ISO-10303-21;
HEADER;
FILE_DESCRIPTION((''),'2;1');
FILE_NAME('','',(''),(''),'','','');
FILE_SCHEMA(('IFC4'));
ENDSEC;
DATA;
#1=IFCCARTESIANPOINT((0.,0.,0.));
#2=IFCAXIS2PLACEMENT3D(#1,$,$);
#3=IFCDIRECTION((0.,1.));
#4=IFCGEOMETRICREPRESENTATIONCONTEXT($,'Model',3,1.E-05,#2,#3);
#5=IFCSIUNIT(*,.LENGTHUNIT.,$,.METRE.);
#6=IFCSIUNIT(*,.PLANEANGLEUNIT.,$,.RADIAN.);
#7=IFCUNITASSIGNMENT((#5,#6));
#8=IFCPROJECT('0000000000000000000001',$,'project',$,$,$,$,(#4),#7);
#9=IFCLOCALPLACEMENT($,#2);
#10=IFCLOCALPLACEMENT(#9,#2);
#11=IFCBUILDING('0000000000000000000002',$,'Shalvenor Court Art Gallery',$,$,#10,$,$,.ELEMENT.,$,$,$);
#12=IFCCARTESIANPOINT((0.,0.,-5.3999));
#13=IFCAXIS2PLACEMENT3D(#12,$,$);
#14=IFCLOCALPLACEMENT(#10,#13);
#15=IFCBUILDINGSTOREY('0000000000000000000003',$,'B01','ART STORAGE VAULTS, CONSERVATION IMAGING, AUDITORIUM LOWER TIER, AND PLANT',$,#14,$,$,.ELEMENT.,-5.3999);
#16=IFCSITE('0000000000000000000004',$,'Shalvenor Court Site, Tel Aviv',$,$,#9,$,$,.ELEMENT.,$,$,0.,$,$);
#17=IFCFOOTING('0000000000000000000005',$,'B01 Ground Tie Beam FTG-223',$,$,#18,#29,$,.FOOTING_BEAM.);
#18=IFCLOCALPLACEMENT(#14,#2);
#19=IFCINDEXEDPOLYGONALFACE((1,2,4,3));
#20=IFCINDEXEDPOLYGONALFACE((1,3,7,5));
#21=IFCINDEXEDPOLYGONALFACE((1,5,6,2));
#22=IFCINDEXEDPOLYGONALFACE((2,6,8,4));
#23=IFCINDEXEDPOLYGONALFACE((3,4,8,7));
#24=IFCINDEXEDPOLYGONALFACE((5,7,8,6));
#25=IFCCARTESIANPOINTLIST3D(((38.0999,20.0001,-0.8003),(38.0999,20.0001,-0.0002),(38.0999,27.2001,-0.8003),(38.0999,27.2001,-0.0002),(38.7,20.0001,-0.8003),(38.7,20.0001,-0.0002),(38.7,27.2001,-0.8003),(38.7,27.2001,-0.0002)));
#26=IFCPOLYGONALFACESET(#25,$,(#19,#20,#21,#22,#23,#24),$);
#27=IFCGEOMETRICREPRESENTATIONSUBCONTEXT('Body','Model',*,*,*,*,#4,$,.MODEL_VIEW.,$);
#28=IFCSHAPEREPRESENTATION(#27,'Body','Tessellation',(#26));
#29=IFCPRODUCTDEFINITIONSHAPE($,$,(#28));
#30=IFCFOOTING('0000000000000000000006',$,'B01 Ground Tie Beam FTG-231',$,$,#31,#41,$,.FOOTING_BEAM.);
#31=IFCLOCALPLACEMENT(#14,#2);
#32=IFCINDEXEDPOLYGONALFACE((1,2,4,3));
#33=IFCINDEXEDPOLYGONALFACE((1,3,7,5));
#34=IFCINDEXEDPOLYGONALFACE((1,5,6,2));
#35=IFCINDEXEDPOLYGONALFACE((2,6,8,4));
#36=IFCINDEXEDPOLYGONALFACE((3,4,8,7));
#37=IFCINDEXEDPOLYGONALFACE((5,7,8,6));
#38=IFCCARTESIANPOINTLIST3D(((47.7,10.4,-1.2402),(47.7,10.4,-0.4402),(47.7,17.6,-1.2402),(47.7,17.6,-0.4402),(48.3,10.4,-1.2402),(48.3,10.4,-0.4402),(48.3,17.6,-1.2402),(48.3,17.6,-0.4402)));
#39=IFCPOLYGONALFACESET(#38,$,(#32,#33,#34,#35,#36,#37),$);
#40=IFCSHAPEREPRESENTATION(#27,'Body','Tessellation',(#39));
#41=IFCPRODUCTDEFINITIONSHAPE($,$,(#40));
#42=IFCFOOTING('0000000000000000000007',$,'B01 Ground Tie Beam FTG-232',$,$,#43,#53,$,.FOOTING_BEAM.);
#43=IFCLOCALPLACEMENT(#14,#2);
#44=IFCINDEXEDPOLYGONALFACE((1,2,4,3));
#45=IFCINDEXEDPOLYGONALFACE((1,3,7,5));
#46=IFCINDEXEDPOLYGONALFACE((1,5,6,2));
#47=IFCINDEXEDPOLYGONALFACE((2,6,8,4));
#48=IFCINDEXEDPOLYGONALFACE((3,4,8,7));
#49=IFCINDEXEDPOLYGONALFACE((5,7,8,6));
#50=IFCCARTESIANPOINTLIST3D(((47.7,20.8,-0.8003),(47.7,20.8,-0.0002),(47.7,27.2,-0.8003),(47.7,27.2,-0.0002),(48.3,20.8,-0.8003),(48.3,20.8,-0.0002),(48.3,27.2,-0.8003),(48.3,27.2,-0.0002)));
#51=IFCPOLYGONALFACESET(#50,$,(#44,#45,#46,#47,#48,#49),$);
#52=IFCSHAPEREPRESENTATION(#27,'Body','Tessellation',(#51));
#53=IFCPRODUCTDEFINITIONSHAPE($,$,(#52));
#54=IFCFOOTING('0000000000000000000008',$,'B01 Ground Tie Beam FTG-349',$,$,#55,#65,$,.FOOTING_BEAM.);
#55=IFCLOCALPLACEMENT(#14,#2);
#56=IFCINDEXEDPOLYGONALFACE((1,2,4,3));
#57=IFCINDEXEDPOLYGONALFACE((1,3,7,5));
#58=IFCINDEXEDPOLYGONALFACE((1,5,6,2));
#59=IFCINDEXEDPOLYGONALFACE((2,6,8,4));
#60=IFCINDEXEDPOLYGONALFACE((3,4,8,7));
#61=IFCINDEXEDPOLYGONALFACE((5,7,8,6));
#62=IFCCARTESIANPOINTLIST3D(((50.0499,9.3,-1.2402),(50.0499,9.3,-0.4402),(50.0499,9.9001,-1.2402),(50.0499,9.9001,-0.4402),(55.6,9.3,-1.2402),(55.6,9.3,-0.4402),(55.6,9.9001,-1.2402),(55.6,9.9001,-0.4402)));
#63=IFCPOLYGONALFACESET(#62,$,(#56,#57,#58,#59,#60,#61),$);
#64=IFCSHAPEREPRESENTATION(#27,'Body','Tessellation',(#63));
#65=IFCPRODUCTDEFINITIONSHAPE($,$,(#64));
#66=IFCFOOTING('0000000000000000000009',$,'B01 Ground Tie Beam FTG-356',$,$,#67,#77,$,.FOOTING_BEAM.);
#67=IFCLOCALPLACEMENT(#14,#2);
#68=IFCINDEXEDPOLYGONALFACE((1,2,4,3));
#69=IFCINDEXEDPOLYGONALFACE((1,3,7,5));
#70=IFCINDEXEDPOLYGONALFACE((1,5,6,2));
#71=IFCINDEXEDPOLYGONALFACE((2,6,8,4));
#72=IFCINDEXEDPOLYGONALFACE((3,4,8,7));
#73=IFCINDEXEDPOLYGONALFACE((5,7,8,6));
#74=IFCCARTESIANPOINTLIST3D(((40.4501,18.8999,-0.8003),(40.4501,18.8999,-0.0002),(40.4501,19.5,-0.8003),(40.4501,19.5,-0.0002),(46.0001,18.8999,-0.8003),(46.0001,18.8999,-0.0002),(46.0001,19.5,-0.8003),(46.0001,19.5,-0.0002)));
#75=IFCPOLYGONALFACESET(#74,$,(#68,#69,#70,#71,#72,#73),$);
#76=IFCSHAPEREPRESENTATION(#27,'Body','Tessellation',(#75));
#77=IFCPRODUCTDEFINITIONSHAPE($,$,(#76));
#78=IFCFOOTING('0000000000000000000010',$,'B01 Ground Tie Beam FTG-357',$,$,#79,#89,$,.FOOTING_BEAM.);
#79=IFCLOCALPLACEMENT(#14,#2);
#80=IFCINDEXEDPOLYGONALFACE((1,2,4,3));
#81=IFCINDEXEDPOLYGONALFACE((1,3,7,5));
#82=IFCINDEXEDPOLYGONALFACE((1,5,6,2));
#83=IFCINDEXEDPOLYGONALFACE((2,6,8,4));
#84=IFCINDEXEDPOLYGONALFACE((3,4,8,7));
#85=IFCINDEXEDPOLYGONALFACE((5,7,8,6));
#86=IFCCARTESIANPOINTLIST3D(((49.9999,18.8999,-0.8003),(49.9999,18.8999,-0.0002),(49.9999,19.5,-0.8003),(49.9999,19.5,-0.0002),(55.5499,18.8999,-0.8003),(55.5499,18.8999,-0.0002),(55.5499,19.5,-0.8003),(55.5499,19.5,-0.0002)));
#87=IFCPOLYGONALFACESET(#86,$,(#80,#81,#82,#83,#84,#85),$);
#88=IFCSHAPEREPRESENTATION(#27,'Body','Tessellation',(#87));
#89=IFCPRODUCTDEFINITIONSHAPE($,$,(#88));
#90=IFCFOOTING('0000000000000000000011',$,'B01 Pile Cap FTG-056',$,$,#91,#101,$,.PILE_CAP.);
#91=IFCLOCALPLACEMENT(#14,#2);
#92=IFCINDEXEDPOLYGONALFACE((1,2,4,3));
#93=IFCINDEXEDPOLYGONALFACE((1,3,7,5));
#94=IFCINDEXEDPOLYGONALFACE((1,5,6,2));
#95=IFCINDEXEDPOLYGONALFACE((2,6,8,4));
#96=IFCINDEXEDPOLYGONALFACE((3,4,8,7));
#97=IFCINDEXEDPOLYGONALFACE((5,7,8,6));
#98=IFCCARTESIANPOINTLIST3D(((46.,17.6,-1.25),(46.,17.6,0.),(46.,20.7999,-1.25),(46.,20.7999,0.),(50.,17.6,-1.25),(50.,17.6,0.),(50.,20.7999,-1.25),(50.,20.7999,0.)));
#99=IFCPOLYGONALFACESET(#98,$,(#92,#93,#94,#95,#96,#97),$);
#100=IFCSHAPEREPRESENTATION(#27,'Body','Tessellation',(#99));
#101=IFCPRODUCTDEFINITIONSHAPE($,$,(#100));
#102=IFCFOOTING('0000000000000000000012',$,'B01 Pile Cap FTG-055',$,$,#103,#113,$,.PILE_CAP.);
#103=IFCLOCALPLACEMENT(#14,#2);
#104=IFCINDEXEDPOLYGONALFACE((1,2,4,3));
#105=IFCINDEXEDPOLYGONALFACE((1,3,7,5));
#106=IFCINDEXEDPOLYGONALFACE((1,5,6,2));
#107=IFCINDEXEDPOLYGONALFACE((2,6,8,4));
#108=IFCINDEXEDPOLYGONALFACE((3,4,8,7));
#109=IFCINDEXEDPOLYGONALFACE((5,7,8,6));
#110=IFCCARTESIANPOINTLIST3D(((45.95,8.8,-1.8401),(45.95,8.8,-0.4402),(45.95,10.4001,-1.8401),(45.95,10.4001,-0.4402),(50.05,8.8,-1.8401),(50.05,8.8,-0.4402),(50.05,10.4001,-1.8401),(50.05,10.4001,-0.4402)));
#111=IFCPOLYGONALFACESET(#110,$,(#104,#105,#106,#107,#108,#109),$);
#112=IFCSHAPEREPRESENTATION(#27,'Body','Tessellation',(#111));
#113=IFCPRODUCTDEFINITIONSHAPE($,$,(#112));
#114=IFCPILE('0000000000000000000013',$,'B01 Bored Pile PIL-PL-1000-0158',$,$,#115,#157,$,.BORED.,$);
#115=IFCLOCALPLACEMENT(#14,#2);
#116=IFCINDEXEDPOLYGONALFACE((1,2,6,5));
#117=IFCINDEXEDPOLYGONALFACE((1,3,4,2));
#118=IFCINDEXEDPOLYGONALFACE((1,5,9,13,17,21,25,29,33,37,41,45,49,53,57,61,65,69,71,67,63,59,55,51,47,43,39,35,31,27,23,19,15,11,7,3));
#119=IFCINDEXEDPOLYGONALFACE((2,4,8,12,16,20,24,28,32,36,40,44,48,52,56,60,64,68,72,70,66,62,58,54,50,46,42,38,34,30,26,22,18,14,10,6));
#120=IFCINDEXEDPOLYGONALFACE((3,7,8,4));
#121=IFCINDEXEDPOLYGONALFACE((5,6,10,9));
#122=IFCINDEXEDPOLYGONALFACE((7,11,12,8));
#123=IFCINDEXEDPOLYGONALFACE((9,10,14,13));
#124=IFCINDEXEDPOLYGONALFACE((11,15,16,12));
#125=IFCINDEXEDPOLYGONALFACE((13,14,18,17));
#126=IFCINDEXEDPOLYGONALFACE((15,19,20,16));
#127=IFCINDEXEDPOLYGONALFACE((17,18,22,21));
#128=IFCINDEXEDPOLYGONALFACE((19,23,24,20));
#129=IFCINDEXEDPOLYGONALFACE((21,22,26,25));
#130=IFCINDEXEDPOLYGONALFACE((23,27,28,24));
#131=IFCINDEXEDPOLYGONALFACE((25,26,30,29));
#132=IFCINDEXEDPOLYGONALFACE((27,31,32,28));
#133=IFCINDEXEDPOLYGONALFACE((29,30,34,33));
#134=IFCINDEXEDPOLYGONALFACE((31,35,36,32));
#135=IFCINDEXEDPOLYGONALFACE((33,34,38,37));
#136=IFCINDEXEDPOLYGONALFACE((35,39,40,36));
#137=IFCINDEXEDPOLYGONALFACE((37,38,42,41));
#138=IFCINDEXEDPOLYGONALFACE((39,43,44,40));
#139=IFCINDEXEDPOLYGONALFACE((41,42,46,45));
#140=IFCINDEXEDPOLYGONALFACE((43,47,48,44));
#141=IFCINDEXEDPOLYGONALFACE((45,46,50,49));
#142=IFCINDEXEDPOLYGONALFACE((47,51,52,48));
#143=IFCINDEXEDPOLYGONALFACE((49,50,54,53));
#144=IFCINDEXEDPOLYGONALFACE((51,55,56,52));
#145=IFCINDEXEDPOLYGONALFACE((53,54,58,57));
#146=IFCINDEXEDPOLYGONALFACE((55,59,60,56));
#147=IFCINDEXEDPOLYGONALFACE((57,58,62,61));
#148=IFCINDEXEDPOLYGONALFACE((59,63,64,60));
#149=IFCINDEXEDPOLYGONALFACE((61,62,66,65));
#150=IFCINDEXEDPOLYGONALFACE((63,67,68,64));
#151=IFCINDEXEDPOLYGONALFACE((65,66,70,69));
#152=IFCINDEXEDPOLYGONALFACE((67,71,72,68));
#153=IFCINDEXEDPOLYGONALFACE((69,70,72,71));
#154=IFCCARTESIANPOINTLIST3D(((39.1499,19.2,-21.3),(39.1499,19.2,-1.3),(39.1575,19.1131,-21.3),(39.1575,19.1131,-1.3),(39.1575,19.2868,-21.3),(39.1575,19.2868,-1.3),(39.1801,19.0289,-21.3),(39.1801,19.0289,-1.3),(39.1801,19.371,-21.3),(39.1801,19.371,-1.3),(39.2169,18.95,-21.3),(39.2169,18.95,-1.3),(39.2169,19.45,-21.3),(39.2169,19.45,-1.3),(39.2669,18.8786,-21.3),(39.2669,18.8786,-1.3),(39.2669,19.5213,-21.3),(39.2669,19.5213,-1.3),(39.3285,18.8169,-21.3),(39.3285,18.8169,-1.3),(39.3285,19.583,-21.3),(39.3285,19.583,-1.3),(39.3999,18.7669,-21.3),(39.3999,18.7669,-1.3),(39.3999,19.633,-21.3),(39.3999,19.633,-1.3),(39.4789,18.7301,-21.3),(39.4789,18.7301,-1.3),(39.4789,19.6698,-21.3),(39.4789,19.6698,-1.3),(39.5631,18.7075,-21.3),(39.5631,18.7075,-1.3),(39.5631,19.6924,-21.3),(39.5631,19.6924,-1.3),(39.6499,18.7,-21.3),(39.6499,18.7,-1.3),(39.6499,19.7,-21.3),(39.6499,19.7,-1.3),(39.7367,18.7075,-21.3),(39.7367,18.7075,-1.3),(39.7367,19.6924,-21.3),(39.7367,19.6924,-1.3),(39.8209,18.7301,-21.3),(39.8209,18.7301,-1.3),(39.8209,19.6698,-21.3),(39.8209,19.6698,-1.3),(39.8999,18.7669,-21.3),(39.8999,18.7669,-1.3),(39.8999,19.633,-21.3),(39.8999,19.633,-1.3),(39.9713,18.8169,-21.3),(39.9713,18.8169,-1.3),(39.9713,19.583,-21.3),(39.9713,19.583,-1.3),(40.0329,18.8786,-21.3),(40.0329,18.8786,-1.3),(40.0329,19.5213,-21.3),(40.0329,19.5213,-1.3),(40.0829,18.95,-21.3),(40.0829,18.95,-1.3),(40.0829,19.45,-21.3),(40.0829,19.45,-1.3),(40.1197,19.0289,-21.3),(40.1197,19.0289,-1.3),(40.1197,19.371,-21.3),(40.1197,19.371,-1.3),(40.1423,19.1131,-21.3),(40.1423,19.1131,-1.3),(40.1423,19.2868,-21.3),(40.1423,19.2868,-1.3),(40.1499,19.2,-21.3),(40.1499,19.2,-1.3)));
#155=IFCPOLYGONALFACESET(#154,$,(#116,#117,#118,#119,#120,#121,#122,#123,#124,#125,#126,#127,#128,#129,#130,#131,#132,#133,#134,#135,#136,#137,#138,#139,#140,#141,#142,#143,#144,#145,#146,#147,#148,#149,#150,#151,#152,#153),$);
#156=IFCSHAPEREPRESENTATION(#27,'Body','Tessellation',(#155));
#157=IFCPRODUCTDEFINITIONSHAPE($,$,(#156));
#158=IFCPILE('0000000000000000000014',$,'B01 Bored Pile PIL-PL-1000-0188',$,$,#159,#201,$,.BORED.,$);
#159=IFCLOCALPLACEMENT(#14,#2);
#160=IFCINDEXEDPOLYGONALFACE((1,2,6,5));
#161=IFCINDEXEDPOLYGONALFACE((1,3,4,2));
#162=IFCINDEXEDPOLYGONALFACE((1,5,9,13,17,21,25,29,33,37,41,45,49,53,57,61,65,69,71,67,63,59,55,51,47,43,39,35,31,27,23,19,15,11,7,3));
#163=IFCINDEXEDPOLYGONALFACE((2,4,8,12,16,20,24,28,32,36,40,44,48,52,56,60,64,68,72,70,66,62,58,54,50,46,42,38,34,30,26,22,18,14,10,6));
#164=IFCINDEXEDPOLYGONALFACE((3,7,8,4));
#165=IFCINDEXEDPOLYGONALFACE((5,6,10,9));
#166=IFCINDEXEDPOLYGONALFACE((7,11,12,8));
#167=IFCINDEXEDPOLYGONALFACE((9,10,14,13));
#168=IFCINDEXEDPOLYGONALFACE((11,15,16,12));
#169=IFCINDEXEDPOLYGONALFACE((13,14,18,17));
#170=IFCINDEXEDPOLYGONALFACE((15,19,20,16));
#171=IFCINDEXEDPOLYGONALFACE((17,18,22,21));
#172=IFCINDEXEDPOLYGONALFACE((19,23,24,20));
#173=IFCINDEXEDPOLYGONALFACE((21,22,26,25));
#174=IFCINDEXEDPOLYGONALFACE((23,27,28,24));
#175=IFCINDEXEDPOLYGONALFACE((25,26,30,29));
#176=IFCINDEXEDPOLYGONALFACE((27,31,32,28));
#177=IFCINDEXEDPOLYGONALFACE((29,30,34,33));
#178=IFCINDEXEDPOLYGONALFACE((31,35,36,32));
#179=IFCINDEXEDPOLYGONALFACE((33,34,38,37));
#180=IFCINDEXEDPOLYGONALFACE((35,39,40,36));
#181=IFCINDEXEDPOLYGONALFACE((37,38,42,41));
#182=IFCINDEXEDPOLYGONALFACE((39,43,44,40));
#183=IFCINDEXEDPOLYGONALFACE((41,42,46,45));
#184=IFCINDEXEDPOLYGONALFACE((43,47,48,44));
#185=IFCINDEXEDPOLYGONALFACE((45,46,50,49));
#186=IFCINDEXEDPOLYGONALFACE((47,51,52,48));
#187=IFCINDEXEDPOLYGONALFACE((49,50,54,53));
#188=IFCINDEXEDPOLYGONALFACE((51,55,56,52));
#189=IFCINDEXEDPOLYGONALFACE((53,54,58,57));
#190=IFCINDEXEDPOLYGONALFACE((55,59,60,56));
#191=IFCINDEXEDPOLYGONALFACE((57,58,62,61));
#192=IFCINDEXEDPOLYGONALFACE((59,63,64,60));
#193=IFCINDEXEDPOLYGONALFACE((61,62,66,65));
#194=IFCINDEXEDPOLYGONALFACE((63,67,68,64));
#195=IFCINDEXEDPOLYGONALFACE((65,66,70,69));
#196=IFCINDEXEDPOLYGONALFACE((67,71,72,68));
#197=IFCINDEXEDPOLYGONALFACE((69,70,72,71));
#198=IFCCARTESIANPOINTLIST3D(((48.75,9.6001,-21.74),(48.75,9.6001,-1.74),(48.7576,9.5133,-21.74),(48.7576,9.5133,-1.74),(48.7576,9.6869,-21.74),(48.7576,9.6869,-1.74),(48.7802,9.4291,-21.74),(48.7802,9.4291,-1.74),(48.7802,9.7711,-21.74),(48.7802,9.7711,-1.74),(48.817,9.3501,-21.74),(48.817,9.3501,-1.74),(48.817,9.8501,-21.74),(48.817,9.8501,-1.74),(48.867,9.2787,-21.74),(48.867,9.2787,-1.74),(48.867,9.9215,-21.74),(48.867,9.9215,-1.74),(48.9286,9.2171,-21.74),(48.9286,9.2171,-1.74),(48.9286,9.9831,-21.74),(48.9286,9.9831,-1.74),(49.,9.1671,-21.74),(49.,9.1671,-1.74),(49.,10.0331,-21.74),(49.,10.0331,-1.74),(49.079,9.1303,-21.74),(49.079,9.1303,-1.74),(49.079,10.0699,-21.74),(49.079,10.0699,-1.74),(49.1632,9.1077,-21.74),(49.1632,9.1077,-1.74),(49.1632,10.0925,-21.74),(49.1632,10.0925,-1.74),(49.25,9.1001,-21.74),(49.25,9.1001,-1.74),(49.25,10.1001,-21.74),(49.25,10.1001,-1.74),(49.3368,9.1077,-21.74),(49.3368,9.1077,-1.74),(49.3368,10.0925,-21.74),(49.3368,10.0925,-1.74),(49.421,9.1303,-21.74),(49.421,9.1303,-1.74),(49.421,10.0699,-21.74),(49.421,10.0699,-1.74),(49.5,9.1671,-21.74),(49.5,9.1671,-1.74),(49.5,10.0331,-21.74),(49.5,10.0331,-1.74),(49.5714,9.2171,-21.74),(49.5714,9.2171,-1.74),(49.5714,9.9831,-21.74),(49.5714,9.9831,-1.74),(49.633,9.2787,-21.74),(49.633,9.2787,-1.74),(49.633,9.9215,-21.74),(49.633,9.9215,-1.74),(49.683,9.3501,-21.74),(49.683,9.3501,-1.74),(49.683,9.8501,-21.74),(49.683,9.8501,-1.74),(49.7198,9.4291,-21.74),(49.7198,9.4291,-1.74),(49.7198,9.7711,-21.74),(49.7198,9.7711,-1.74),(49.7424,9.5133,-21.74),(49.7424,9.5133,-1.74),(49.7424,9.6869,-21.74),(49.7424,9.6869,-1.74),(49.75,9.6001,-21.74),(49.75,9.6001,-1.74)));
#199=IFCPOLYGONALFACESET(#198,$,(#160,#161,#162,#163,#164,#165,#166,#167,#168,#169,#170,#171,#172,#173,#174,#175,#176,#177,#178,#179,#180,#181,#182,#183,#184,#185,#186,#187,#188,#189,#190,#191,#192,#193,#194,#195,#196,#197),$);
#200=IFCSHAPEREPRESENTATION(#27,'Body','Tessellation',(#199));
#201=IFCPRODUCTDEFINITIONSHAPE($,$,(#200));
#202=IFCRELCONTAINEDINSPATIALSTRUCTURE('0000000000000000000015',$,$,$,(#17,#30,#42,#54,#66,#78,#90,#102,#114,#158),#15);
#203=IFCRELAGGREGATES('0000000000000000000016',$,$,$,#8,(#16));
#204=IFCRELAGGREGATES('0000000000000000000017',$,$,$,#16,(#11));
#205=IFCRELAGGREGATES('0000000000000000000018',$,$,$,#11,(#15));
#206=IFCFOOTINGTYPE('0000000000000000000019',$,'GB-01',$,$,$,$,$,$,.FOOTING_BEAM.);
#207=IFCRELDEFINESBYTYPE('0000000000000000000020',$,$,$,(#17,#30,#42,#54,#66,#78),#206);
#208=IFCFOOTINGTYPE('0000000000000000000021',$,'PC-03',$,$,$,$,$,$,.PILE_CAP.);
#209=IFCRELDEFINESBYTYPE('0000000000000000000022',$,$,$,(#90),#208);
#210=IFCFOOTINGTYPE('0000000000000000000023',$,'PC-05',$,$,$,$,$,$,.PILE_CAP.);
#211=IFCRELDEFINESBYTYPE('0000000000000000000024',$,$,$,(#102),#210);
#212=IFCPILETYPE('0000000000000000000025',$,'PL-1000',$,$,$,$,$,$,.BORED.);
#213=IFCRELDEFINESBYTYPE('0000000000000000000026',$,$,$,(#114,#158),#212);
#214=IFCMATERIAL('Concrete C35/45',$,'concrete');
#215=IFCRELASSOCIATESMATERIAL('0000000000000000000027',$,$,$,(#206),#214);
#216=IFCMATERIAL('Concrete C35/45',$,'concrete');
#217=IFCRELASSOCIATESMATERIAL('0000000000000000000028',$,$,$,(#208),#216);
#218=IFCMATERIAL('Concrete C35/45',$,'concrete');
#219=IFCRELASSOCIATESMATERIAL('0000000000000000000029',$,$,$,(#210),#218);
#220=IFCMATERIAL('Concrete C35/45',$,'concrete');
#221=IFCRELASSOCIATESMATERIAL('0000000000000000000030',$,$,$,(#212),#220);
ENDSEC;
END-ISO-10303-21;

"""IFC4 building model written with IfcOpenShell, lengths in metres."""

from ifc_helpers import new_model, si_unit, direction, frame, origin, origin_2d, place, context, subcontext, project, spatial, rectangle, circle, extrude, material, material_profile, profile_set, type_object, element, save


model = new_model("IFC4")

# Units and contexts
model_context = context("Model", 3, precision=1e-05, world=origin(), true_north=direction((0.0, 1.0)))
body_context = subcontext(model_context, "Body", "Model", "MODEL_VIEW")
ifc_project = project(units=[si_unit("LENGTHUNIT", "METRE"), si_unit("PLANEANGLEUNIT", "RADIAN")], contexts=[model_context])

# Site, building, storey
site_placement = place(None, origin())
site = spatial("IfcSite", under=ifc_project, at=site_placement, Name="Shalvenor Court Site, Tel Aviv", CompositionType="ELEMENT", RefElevation=0.0)
building_placement = place(site_placement, origin())
building = spatial("IfcBuilding", under=site, at=building_placement, Name="Shalvenor Court Art Gallery", CompositionType="ELEMENT")
storey_placement = place(building_placement, frame((0.0, 0.0, -5.3999)))
storey = spatial("IfcBuildingStorey", under=building, at=storey_placement, Name="B01", Description="ART STORAGE VAULTS, CONSERVATION IMAGING, AUDITORIUM LOWER TIER, AND PLANT", CompositionType="ELEMENT", Elevation=-5.3999)

# Footings
ifc_material_1 = material(Name="Concrete C35/45", Category="concrete")
footing_type_1 = type_object("IfcFootingType", Name="GB-01", PredefinedType="FOOTING_BEAM", material=ifc_material_1)
for number, where, z_axis, x_axis, name in (
    (1, (38.3999, 23.6001, -0.8003), (0.0, 0.0, 1.0), (0.0, 1.0, 0.0), "B01 Ground Tie Beam FTG-223"),
    (2, (48.0, 14.0, -1.2402), (0.0, 0.0, 1.0), (0.0, 1.0, 0.0), "B01 Ground Tie Beam FTG-231"),
):
    element("IfcFooting", number, at=place(storey_placement, frame(where, z_axis=z_axis, x_axis=x_axis)), inside=storey, type_object=footing_type_1, Name=name, PredefinedType="FOOTING_BEAM", context=body_context, shape_type="SweptSolid", body=[
        extrude(rectangle(XDim=7.2, YDim=0.6001, at=origin_2d()), origin(), (0.0, 0.0, 1.0), 0.8),
    ])
footing_1_placement = place(storey_placement, frame((48.0, 24.0, -0.8003), z_axis=(0.0, 0.0, 1.0), x_axis=(0.0, 1.0, 0.0)))
element("IfcFooting", 3, at=footing_1_placement, inside=storey, type_object=footing_type_1, Name="B01 Ground Tie Beam FTG-232", PredefinedType="FOOTING_BEAM", context=body_context, shape_type="SweptSolid", body=[
    extrude(rectangle(XDim=6.3999, YDim=0.6001, at=origin_2d()), origin(), (0.0, 0.0, 1.0), 0.8),
])
for number, where, z_axis, x_axis, name in (
    (4, (52.825, 9.6001, -1.2402), (0.0, 0.0, 1.0), (1.0, 0.0, 0.0), "B01 Ground Tie Beam FTG-349"),
    (5, (43.2251, 19.2, -0.8003), (0.0, 0.0, 1.0), (1.0, 0.0, 0.0), "B01 Ground Tie Beam FTG-356"),
    (6, (52.7749, 19.2, -0.8003), (0.0, 0.0, 1.0), (1.0, 0.0, 0.0), "B01 Ground Tie Beam FTG-357"),
):
    element("IfcFooting", number, at=place(storey_placement, frame(where, z_axis=z_axis, x_axis=x_axis)), inside=storey, type_object=footing_type_1, Name=name, PredefinedType="FOOTING_BEAM", context=body_context, shape_type="SweptSolid", body=[
        extrude(rectangle(XDim=5.55, YDim=0.6001, at=origin_2d()), origin(), (0.0, 0.0, 1.0), 0.8),
    ])
ifc_material_2 = material(Name="Concrete C35/45", Category="concrete")
footing_type_2 = type_object("IfcFootingType", Name="PC-03", PredefinedType="PILE_CAP", material=ifc_material_2)
footing_2_placement = place(storey_placement, frame((48.0, 19.2, -1.25), z_axis=(0.0, 0.0, 1.0), x_axis=(1.0, 0.0, 0.0)))
element("IfcFooting", 7, at=footing_2_placement, inside=storey, type_object=footing_type_2, Name="B01 Pile Cap FTG-056", PredefinedType="PILE_CAP", context=body_context, shape_type="SweptSolid", body=[
    extrude(rectangle(XDim=4.0, YDim=3.2, at=origin_2d()), origin(), (0.0, 0.0, 1.0), 1.25),
])
ifc_material_3 = material(Name="Concrete C35/45", Category="concrete")
footing_type_3 = type_object("IfcFootingType", Name="PC-05", PredefinedType="PILE_CAP", material=ifc_material_3)
footing_3_placement = place(storey_placement, frame((48.0, 9.6001, -1.8401), z_axis=(0.0, 0.0, 1.0), x_axis=(1.0, 0.0, 0.0)))
element("IfcFooting", 8, at=footing_3_placement, inside=storey, type_object=footing_type_3, Name="B01 Pile Cap FTG-055", PredefinedType="PILE_CAP", context=body_context, shape_type="SweptSolid", body=[
    extrude(rectangle(XDim=4.1001, YDim=1.6001, at=origin_2d()), origin(), (0.0, 0.0, 1.0), 1.3999),
])

# Piles
ifc_material_4 = material(Name="Concrete C35/45", Category="concrete")
ifc_material_profile_1 = material_profile(ifc_material_4, circle(Radius=0.5, at=origin_2d()), Name="PILE 1000")
ifc_profile_set_1 = profile_set([ifc_material_profile_1], Name="Concrete C35/45")
pile_type_1 = type_object("IfcPileType", Name="PL-1000", PredefinedType="BORED", material=ifc_profile_set_1)
for number, where, z_axis, x_axis, name in (
    (9, (39.6499, 19.2, -1.3), (0.0, 0.0, -1.0), (1.0, 0.0, 0.0), "B01 Bored Pile PIL-PL-1000-0158"),
    (10, (49.25, 9.6001, -1.74), (0.0, 0.0, -1.0), (1.0, 0.0, 0.0), "B01 Bored Pile PIL-PL-1000-0188"),
):
    element("IfcPile", number, at=place(storey_placement, frame(where, z_axis=z_axis, x_axis=x_axis)), inside=storey, type_object=pile_type_1, Name=name, PredefinedType="BORED", context=body_context, shape_type="SweptSolid", body=[
        extrude(circle(Radius=0.5, at=origin_2d()), origin(), (0.0, 0.0, 1.0), 20.0),
    ])

save(model, "model.ifc")
